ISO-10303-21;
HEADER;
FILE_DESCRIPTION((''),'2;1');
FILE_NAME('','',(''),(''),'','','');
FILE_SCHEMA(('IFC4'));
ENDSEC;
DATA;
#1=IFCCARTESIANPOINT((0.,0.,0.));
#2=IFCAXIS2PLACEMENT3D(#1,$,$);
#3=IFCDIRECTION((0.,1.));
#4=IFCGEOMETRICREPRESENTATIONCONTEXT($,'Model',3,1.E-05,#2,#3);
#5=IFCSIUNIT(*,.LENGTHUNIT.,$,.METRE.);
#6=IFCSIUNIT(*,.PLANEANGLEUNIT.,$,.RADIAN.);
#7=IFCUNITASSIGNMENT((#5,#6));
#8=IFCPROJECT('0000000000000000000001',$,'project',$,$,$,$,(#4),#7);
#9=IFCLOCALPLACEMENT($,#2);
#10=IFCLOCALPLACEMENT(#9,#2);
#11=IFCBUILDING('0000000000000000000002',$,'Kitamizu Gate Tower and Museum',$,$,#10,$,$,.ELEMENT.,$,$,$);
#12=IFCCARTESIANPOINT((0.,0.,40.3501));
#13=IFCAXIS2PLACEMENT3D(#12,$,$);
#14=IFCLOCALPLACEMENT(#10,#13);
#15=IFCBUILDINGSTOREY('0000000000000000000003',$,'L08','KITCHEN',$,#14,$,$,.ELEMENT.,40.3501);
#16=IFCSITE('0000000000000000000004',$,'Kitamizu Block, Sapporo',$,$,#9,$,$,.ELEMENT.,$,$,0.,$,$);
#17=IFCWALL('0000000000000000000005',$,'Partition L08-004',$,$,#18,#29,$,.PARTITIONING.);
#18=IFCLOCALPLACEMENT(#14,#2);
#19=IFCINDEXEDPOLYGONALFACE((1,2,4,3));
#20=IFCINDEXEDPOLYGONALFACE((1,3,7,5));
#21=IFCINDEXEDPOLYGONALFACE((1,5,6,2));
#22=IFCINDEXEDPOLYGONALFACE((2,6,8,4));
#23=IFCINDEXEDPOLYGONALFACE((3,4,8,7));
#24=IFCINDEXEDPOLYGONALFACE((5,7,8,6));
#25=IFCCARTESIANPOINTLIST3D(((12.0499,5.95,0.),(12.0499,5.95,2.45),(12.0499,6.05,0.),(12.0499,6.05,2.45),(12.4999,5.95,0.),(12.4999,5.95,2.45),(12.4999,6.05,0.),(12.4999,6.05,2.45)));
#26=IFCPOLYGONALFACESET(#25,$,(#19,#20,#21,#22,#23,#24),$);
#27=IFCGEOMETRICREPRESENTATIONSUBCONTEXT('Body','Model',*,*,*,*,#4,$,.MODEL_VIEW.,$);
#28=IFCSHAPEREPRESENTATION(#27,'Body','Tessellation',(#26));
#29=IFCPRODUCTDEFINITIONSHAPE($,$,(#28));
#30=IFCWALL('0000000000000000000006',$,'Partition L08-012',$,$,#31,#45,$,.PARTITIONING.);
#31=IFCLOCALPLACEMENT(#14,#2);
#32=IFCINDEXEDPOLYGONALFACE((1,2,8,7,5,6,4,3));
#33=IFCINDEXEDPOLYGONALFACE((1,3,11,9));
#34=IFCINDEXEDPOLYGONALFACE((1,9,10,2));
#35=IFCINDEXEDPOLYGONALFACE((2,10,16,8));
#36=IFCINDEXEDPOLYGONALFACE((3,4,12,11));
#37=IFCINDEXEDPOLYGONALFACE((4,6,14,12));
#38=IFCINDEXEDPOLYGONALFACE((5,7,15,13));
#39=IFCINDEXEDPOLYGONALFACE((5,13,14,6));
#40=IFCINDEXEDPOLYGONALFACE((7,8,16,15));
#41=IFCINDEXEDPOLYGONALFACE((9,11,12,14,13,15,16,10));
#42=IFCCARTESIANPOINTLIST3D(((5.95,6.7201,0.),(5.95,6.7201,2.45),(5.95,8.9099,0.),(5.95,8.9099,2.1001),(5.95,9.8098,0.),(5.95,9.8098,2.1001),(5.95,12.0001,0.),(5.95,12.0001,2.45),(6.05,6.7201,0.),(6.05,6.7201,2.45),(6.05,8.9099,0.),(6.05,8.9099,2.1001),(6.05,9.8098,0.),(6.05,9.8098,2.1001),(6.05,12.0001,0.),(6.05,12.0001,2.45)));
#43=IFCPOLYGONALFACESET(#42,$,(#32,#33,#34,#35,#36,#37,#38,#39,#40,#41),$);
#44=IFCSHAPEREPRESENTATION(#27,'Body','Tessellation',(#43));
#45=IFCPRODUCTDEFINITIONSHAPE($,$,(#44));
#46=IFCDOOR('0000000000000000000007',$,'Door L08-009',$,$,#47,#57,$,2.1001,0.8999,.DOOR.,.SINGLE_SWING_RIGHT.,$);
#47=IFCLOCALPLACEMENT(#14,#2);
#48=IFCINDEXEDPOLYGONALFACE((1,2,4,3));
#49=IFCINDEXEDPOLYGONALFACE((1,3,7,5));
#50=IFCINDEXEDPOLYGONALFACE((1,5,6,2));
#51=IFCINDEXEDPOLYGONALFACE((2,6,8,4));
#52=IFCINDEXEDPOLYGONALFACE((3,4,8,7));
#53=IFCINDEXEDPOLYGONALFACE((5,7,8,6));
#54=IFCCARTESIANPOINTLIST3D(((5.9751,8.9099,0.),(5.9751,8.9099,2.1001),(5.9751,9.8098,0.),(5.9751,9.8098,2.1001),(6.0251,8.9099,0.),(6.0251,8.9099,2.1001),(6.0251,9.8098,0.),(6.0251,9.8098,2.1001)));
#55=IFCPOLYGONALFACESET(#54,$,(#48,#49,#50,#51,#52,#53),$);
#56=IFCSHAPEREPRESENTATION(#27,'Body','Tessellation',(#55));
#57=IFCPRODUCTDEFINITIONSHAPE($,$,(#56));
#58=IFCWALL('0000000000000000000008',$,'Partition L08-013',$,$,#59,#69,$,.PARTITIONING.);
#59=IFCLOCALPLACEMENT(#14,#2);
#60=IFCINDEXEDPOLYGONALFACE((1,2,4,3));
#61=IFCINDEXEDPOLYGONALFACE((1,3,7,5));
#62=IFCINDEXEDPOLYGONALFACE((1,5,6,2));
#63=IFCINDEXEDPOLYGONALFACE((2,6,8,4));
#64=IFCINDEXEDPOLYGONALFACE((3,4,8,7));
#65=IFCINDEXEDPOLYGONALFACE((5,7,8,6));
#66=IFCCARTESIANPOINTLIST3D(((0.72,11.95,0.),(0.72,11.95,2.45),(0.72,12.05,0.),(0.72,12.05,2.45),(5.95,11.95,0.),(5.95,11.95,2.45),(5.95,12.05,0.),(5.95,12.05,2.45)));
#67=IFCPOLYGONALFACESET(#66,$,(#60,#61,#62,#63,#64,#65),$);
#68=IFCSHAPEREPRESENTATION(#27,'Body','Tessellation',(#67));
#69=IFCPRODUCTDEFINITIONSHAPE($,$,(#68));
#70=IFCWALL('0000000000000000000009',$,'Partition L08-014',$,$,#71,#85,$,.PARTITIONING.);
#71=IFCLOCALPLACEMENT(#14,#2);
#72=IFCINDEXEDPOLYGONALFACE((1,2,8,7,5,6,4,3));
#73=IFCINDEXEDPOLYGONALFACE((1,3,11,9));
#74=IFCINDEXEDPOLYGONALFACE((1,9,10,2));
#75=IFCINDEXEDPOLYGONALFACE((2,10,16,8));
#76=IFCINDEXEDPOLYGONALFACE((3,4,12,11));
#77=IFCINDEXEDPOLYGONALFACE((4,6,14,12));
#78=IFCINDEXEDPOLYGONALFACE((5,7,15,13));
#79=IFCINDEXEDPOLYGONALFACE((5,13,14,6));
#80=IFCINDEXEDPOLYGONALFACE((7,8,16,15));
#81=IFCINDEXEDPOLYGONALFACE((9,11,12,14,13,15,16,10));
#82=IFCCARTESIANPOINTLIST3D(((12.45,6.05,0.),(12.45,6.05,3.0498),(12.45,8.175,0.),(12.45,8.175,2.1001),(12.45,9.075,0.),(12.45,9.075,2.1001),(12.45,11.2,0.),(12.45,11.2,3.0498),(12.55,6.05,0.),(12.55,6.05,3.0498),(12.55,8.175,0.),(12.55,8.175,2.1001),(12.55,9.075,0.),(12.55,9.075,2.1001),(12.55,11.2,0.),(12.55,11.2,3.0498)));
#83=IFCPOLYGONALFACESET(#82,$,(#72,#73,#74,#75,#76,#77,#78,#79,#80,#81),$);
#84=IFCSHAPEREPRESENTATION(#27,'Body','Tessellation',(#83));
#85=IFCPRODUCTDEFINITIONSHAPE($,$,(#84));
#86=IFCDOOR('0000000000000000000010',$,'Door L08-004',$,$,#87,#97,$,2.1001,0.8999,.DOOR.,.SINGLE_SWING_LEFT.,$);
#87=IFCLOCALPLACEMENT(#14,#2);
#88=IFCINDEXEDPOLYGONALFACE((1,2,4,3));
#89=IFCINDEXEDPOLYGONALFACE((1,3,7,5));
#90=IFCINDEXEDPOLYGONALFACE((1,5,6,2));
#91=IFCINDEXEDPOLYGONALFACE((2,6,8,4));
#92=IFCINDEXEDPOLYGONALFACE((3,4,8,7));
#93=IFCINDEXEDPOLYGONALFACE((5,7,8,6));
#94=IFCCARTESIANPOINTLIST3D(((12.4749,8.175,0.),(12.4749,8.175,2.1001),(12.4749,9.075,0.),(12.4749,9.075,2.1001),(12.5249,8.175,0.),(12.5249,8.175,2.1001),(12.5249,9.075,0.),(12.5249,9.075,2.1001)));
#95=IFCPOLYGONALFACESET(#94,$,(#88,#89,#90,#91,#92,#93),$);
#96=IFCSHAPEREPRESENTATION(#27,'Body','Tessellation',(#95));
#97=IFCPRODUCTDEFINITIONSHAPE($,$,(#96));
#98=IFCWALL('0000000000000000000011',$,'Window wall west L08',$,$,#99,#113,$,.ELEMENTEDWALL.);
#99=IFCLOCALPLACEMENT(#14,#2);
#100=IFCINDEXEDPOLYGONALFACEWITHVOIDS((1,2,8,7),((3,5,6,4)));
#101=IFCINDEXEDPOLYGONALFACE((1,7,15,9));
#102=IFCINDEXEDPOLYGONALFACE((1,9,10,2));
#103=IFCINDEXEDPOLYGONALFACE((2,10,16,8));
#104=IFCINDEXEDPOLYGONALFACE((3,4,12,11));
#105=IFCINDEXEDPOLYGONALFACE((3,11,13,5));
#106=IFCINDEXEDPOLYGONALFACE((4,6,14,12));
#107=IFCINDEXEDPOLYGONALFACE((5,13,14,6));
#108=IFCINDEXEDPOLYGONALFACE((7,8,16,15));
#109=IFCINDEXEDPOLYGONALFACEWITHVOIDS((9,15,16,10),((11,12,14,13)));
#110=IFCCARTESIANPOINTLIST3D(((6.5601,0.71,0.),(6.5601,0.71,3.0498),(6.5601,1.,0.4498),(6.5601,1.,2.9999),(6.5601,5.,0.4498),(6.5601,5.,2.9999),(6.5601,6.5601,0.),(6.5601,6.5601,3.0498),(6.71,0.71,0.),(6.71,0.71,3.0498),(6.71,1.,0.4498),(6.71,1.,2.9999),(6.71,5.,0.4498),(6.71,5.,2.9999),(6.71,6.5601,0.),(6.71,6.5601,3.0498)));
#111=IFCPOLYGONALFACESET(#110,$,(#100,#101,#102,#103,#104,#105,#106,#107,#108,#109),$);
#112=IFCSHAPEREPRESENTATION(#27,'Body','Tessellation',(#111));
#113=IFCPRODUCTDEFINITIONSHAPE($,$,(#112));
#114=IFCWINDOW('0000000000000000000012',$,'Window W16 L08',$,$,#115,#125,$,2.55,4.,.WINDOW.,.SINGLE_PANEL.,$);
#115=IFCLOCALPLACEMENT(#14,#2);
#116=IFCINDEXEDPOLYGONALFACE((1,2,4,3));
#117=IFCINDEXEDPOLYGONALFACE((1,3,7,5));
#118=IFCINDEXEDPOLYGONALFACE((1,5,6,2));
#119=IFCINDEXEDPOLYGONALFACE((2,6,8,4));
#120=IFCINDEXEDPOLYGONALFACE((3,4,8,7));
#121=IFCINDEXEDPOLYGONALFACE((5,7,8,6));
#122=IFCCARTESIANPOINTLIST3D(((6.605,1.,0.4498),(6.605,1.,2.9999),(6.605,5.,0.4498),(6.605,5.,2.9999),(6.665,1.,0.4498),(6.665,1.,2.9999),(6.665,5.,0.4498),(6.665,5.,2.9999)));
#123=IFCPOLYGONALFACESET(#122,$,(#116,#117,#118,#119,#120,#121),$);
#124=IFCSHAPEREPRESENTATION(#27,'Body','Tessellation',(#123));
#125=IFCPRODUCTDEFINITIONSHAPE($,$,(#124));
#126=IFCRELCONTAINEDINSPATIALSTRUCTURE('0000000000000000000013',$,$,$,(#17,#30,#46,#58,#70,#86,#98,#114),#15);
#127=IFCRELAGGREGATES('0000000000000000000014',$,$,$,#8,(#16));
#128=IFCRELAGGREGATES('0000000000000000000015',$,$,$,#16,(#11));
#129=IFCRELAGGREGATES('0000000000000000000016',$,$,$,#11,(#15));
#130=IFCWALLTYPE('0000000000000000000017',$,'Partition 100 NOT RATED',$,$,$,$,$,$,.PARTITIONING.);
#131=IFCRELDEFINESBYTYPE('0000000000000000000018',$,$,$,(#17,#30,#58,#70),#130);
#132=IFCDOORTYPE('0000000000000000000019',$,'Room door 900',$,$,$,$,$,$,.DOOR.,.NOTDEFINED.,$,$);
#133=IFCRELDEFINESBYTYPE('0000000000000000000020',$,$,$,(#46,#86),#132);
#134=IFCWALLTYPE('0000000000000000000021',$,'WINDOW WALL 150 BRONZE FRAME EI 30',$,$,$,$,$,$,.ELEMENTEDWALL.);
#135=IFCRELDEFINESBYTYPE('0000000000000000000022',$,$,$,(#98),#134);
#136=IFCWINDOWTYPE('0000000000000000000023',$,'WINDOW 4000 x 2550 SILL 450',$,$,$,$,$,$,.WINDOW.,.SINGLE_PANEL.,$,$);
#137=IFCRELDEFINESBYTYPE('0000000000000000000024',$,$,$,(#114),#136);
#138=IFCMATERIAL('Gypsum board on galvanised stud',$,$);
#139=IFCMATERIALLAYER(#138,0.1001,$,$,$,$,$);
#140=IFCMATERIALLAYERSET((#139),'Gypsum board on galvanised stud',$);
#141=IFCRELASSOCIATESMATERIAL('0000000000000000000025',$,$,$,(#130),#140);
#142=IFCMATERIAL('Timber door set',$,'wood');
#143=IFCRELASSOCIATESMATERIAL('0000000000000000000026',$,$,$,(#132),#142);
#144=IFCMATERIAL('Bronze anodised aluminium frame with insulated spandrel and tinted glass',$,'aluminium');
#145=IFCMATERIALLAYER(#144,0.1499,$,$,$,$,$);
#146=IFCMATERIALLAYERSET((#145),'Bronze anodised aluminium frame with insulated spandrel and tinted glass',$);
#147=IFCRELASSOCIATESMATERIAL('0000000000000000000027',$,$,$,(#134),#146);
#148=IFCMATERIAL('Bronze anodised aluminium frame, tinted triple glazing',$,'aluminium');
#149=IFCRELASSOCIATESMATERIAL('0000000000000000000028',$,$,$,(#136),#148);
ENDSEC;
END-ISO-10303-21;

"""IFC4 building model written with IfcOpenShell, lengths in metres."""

from ifc_helpers import new_model, si_unit, direction, frame, frame_2d, origin, place, context, subcontext, project, spatial, rectangle, extrude, material, layer, layer_set, type_object, element, fill, save


model = new_model("IFC4")

# Units and contexts
model_context = context("Model", 3, precision=1e-05, world=origin(), true_north=direction((0.0, 1.0)))
body_context = subcontext(model_context, "Body", "Model", "MODEL_VIEW")
ifc_project = project(units=[si_unit("LENGTHUNIT", "METRE"), si_unit("PLANEANGLEUNIT", "RADIAN")], contexts=[model_context])

# Site, building, storey
site_placement = place(None, origin())
site = spatial("IfcSite", under=ifc_project, at=site_placement, Name="Kitamizu Block, Sapporo", CompositionType="ELEMENT", RefElevation=0.0)
building_placement = place(site_placement, origin())
building = spatial("IfcBuilding", under=site, at=building_placement, Name="Kitamizu Gate Tower and Museum", CompositionType="ELEMENT")
storey_placement = place(building_placement, frame((0.0, 0.0, 40.3501)))
storey = spatial("IfcBuildingStorey", under=building, at=storey_placement, Name="L08", Description="KITCHEN", CompositionType="ELEMENT", Elevation=40.3501)

# Shared definitions
ifc_material_1 = material(Name="Gypsum board on galvanised stud")
ifc_layer_1 = layer(ifc_material_1, 0.1001)
ifc_layer_set_1 = layer_set([ifc_layer_1], Name="Gypsum board on galvanised stud")
wall_type_1 = type_object("IfcWallType", Name="Partition 100 NOT RATED", PredefinedType="PARTITIONING", material=ifc_layer_set_1)
ifc_material_2 = material(Name="Timber door set", Category="wood")
door_type = type_object("IfcDoorType", Name="Room door 900", OperationType="NOTDEFINED", PredefinedType="DOOR", material=ifc_material_2)

# Wall
wall_1_placement = place(storey_placement, frame((12.5, 6.0, 0.0), z_axis=(0.0, 0.0, 1.0), x_axis=(-1.0, 0.0, 0.0)))
element("IfcWall", 1, at=wall_1_placement, inside=storey, type_object=wall_type_1, Name="Partition L08-004", PredefinedType="PARTITIONING", context=body_context, shape_type="SweptSolid", body=[
    extrude(rectangle(XDim=0.45, YDim=0.1001, at=frame_2d((0.2251, 0.0))), origin(), (0.0, 0.0, 1.0), 2.45),
])

# Wall, opening, door
wall_2_placement = place(storey_placement, frame((6.0, 6.72, 0.0), z_axis=(0.0, 0.0, 1.0), x_axis=(0.0, 1.0, 0.0)))
wall_2 = element("IfcWall", 2, at=wall_2_placement, inside=storey, type_object=wall_type_1, Name="Partition L08-012", PredefinedType="PARTITIONING", context=body_context, shape_type="SweptSolid", body=[
    extrude(rectangle(XDim=5.28, YDim=0.1001, at=frame_2d((2.6401, 0.0))), origin(), (0.0, 0.0, 1.0), 2.45),
])
opening_1_placement = place(wall_2_placement, frame((2.1899, 0.0, 0.0)))
opening_1 = element("IfcOpeningElement", 3, at=opening_1_placement, cuts=wall_2, PredefinedType="OPENING", context=body_context, shape_type="SweptSolid", body=[
    extrude(rectangle(XDim=0.8999, YDim=2.1001, at=frame_2d((0.45, 1.05))), frame((0.0, 0.0601, 0.0), z_axis=(0.0, -1.0, 0.0), x_axis=(1.0, 0.0, 0.0)), (0.0, 0.0, 1.0), 0.1201),
])
door_1_placement = place(opening_1_placement, origin())
door_1 = element("IfcDoor", 4, at=door_1_placement, inside=storey, type_object=door_type, Name="Door L08-009", OperationType="SINGLE_SWING_RIGHT", OverallHeight=2.1001, OverallWidth=0.8999, PredefinedType="DOOR", context=body_context, shape_type="SweptSolid", body=[
    extrude(rectangle(XDim=0.8999, YDim=2.1001, at=frame_2d((0.45, 1.05))), frame((0.0, 0.0249, 0.0), z_axis=(0.0, -1.0, 0.0), x_axis=(1.0, 0.0, 0.0)), (0.0, 0.0, 1.0), 0.05),
])
fill(opening_1, door_1)

# Wall
wall_3_placement = place(storey_placement, frame((5.95, 12.0, 0.0), z_axis=(0.0, 0.0, 1.0), x_axis=(-1.0, 0.0, 0.0)))
element("IfcWall", 5, at=wall_3_placement, inside=storey, type_object=wall_type_1, Name="Partition L08-013", PredefinedType="PARTITIONING", context=body_context, shape_type="SweptSolid", body=[
    extrude(rectangle(XDim=5.23, YDim=0.1001, at=frame_2d((2.615, 0.0))), origin(), (0.0, 0.0, 1.0), 2.45),
])

# Wall, opening, door
wall_4_placement = place(storey_placement, frame((12.5, 6.05, 0.0), z_axis=(0.0, 0.0, 1.0), x_axis=(0.0, 1.0, 0.0)))
wall_4 = element("IfcWall", 6, at=wall_4_placement, inside=storey, type_object=wall_type_1, Name="Partition L08-014", PredefinedType="PARTITIONING", context=body_context, shape_type="SweptSolid", body=[
    extrude(rectangle(XDim=5.1499, YDim=0.1001, at=frame_2d((2.575, 0.0))), origin(), (0.0, 0.0, 1.0), 3.0498),
])
opening_2_placement = place(wall_4_placement, frame((2.125, 0.0, 0.0)))
opening_2 = element("IfcOpeningElement", 7, at=opening_2_placement, cuts=wall_4, PredefinedType="OPENING", context=body_context, shape_type="SweptSolid", body=[
    extrude(rectangle(XDim=0.8999, YDim=2.1001, at=frame_2d((0.45, 1.05))), frame((0.0, 0.0601, 0.0), z_axis=(0.0, -1.0, 0.0), x_axis=(1.0, 0.0, 0.0)), (0.0, 0.0, 1.0), 0.1201),
])
door_2_placement = place(opening_2_placement, frame((0.8999, 0.0, 0.0), x_axis=(-1.0, 0.0, 0.0)))
door_2 = element("IfcDoor", 8, at=door_2_placement, inside=storey, type_object=door_type, Name="Door L08-004", OperationType="SINGLE_SWING_LEFT", OverallHeight=2.1001, OverallWidth=0.8999, PredefinedType="DOOR", context=body_context, shape_type="SweptSolid", body=[
    extrude(rectangle(XDim=0.8999, YDim=2.1001, at=frame_2d((0.45, 1.05))), frame((0.0, 0.0249, 0.0), z_axis=(0.0, -1.0, 0.0), x_axis=(1.0, 0.0, 0.0)), (0.0, 0.0, 1.0), 0.05),
])
fill(opening_2, door_2)

# Shared definitions
ifc_material_3 = material(Name="Bronze anodised aluminium frame with insulated spandrel and tinted glass", Category="aluminium")
ifc_layer_2 = layer(ifc_material_3, 0.1499)
ifc_layer_set_2 = layer_set([ifc_layer_2], Name="Bronze anodised aluminium frame with insulated spandrel and tinted glass")
wall_type_2 = type_object("IfcWallType", Name="WINDOW WALL 150 BRONZE FRAME EI 30", PredefinedType="ELEMENTEDWALL", material=ifc_layer_set_2)

# Wall, opening, window
wall_5_placement = place(storey_placement, frame((6.635, 0.71, 0.0), z_axis=(0.0, 0.0, 1.0), x_axis=(0.0, 1.0, 0.0)))
wall_5 = element("IfcWall", 9, at=wall_5_placement, inside=storey, type_object=wall_type_2, Name="Window wall west L08", PredefinedType="ELEMENTEDWALL", context=body_context, shape_type="SweptSolid", body=[
    extrude(rectangle(XDim=5.8501, YDim=0.1499, at=frame_2d((2.925, 0.0))), origin(), (0.0, 0.0, 1.0), 3.0498),
])
opening_3_placement = place(wall_5_placement, frame((0.29, 0.0, 0.45)))
opening_3 = element("IfcOpeningElement", 10, at=opening_3_placement, cuts=wall_5, PredefinedType="OPENING", context=body_context, shape_type="SweptSolid", body=[
    extrude(rectangle(XDim=4.0, YDim=2.55, at=frame_2d((2.0, 1.2749))), frame((0.0, 0.085, 0.0), z_axis=(0.0, -1.0, 0.0), x_axis=(1.0, 0.0, 0.0)), (0.0, 0.0, 1.0), 0.1699),
])
ifc_material_4 = material(Name="Bronze anodised aluminium frame, tinted triple glazing", Category="aluminium")
window_type_1 = type_object("IfcWindowType", Name="WINDOW 4000 x 2550 SILL 450", PartitioningType="SINGLE_PANEL", PredefinedType="WINDOW", material=ifc_material_4)
window_1_placement = place(opening_3_placement, origin())
window_1 = element("IfcWindow", 11, at=window_1_placement, inside=storey, type_object=window_type_1, Name="Window W16 L08", OverallHeight=2.55, OverallWidth=4.0, PartitioningType="SINGLE_PANEL", PredefinedType="WINDOW", context=body_context, shape_type="SweptSolid", body=[
    extrude(rectangle(XDim=4.0, YDim=2.55, at=frame_2d((2.0, 1.2749))), frame((0.0, 0.03, 0.0), z_axis=(0.0, -1.0, 0.0), x_axis=(1.0, 0.0, 0.0)), (0.0, 0.0, 1.0), 0.0601),
])
fill(opening_3, window_1)

save(model, "model.ifc")
